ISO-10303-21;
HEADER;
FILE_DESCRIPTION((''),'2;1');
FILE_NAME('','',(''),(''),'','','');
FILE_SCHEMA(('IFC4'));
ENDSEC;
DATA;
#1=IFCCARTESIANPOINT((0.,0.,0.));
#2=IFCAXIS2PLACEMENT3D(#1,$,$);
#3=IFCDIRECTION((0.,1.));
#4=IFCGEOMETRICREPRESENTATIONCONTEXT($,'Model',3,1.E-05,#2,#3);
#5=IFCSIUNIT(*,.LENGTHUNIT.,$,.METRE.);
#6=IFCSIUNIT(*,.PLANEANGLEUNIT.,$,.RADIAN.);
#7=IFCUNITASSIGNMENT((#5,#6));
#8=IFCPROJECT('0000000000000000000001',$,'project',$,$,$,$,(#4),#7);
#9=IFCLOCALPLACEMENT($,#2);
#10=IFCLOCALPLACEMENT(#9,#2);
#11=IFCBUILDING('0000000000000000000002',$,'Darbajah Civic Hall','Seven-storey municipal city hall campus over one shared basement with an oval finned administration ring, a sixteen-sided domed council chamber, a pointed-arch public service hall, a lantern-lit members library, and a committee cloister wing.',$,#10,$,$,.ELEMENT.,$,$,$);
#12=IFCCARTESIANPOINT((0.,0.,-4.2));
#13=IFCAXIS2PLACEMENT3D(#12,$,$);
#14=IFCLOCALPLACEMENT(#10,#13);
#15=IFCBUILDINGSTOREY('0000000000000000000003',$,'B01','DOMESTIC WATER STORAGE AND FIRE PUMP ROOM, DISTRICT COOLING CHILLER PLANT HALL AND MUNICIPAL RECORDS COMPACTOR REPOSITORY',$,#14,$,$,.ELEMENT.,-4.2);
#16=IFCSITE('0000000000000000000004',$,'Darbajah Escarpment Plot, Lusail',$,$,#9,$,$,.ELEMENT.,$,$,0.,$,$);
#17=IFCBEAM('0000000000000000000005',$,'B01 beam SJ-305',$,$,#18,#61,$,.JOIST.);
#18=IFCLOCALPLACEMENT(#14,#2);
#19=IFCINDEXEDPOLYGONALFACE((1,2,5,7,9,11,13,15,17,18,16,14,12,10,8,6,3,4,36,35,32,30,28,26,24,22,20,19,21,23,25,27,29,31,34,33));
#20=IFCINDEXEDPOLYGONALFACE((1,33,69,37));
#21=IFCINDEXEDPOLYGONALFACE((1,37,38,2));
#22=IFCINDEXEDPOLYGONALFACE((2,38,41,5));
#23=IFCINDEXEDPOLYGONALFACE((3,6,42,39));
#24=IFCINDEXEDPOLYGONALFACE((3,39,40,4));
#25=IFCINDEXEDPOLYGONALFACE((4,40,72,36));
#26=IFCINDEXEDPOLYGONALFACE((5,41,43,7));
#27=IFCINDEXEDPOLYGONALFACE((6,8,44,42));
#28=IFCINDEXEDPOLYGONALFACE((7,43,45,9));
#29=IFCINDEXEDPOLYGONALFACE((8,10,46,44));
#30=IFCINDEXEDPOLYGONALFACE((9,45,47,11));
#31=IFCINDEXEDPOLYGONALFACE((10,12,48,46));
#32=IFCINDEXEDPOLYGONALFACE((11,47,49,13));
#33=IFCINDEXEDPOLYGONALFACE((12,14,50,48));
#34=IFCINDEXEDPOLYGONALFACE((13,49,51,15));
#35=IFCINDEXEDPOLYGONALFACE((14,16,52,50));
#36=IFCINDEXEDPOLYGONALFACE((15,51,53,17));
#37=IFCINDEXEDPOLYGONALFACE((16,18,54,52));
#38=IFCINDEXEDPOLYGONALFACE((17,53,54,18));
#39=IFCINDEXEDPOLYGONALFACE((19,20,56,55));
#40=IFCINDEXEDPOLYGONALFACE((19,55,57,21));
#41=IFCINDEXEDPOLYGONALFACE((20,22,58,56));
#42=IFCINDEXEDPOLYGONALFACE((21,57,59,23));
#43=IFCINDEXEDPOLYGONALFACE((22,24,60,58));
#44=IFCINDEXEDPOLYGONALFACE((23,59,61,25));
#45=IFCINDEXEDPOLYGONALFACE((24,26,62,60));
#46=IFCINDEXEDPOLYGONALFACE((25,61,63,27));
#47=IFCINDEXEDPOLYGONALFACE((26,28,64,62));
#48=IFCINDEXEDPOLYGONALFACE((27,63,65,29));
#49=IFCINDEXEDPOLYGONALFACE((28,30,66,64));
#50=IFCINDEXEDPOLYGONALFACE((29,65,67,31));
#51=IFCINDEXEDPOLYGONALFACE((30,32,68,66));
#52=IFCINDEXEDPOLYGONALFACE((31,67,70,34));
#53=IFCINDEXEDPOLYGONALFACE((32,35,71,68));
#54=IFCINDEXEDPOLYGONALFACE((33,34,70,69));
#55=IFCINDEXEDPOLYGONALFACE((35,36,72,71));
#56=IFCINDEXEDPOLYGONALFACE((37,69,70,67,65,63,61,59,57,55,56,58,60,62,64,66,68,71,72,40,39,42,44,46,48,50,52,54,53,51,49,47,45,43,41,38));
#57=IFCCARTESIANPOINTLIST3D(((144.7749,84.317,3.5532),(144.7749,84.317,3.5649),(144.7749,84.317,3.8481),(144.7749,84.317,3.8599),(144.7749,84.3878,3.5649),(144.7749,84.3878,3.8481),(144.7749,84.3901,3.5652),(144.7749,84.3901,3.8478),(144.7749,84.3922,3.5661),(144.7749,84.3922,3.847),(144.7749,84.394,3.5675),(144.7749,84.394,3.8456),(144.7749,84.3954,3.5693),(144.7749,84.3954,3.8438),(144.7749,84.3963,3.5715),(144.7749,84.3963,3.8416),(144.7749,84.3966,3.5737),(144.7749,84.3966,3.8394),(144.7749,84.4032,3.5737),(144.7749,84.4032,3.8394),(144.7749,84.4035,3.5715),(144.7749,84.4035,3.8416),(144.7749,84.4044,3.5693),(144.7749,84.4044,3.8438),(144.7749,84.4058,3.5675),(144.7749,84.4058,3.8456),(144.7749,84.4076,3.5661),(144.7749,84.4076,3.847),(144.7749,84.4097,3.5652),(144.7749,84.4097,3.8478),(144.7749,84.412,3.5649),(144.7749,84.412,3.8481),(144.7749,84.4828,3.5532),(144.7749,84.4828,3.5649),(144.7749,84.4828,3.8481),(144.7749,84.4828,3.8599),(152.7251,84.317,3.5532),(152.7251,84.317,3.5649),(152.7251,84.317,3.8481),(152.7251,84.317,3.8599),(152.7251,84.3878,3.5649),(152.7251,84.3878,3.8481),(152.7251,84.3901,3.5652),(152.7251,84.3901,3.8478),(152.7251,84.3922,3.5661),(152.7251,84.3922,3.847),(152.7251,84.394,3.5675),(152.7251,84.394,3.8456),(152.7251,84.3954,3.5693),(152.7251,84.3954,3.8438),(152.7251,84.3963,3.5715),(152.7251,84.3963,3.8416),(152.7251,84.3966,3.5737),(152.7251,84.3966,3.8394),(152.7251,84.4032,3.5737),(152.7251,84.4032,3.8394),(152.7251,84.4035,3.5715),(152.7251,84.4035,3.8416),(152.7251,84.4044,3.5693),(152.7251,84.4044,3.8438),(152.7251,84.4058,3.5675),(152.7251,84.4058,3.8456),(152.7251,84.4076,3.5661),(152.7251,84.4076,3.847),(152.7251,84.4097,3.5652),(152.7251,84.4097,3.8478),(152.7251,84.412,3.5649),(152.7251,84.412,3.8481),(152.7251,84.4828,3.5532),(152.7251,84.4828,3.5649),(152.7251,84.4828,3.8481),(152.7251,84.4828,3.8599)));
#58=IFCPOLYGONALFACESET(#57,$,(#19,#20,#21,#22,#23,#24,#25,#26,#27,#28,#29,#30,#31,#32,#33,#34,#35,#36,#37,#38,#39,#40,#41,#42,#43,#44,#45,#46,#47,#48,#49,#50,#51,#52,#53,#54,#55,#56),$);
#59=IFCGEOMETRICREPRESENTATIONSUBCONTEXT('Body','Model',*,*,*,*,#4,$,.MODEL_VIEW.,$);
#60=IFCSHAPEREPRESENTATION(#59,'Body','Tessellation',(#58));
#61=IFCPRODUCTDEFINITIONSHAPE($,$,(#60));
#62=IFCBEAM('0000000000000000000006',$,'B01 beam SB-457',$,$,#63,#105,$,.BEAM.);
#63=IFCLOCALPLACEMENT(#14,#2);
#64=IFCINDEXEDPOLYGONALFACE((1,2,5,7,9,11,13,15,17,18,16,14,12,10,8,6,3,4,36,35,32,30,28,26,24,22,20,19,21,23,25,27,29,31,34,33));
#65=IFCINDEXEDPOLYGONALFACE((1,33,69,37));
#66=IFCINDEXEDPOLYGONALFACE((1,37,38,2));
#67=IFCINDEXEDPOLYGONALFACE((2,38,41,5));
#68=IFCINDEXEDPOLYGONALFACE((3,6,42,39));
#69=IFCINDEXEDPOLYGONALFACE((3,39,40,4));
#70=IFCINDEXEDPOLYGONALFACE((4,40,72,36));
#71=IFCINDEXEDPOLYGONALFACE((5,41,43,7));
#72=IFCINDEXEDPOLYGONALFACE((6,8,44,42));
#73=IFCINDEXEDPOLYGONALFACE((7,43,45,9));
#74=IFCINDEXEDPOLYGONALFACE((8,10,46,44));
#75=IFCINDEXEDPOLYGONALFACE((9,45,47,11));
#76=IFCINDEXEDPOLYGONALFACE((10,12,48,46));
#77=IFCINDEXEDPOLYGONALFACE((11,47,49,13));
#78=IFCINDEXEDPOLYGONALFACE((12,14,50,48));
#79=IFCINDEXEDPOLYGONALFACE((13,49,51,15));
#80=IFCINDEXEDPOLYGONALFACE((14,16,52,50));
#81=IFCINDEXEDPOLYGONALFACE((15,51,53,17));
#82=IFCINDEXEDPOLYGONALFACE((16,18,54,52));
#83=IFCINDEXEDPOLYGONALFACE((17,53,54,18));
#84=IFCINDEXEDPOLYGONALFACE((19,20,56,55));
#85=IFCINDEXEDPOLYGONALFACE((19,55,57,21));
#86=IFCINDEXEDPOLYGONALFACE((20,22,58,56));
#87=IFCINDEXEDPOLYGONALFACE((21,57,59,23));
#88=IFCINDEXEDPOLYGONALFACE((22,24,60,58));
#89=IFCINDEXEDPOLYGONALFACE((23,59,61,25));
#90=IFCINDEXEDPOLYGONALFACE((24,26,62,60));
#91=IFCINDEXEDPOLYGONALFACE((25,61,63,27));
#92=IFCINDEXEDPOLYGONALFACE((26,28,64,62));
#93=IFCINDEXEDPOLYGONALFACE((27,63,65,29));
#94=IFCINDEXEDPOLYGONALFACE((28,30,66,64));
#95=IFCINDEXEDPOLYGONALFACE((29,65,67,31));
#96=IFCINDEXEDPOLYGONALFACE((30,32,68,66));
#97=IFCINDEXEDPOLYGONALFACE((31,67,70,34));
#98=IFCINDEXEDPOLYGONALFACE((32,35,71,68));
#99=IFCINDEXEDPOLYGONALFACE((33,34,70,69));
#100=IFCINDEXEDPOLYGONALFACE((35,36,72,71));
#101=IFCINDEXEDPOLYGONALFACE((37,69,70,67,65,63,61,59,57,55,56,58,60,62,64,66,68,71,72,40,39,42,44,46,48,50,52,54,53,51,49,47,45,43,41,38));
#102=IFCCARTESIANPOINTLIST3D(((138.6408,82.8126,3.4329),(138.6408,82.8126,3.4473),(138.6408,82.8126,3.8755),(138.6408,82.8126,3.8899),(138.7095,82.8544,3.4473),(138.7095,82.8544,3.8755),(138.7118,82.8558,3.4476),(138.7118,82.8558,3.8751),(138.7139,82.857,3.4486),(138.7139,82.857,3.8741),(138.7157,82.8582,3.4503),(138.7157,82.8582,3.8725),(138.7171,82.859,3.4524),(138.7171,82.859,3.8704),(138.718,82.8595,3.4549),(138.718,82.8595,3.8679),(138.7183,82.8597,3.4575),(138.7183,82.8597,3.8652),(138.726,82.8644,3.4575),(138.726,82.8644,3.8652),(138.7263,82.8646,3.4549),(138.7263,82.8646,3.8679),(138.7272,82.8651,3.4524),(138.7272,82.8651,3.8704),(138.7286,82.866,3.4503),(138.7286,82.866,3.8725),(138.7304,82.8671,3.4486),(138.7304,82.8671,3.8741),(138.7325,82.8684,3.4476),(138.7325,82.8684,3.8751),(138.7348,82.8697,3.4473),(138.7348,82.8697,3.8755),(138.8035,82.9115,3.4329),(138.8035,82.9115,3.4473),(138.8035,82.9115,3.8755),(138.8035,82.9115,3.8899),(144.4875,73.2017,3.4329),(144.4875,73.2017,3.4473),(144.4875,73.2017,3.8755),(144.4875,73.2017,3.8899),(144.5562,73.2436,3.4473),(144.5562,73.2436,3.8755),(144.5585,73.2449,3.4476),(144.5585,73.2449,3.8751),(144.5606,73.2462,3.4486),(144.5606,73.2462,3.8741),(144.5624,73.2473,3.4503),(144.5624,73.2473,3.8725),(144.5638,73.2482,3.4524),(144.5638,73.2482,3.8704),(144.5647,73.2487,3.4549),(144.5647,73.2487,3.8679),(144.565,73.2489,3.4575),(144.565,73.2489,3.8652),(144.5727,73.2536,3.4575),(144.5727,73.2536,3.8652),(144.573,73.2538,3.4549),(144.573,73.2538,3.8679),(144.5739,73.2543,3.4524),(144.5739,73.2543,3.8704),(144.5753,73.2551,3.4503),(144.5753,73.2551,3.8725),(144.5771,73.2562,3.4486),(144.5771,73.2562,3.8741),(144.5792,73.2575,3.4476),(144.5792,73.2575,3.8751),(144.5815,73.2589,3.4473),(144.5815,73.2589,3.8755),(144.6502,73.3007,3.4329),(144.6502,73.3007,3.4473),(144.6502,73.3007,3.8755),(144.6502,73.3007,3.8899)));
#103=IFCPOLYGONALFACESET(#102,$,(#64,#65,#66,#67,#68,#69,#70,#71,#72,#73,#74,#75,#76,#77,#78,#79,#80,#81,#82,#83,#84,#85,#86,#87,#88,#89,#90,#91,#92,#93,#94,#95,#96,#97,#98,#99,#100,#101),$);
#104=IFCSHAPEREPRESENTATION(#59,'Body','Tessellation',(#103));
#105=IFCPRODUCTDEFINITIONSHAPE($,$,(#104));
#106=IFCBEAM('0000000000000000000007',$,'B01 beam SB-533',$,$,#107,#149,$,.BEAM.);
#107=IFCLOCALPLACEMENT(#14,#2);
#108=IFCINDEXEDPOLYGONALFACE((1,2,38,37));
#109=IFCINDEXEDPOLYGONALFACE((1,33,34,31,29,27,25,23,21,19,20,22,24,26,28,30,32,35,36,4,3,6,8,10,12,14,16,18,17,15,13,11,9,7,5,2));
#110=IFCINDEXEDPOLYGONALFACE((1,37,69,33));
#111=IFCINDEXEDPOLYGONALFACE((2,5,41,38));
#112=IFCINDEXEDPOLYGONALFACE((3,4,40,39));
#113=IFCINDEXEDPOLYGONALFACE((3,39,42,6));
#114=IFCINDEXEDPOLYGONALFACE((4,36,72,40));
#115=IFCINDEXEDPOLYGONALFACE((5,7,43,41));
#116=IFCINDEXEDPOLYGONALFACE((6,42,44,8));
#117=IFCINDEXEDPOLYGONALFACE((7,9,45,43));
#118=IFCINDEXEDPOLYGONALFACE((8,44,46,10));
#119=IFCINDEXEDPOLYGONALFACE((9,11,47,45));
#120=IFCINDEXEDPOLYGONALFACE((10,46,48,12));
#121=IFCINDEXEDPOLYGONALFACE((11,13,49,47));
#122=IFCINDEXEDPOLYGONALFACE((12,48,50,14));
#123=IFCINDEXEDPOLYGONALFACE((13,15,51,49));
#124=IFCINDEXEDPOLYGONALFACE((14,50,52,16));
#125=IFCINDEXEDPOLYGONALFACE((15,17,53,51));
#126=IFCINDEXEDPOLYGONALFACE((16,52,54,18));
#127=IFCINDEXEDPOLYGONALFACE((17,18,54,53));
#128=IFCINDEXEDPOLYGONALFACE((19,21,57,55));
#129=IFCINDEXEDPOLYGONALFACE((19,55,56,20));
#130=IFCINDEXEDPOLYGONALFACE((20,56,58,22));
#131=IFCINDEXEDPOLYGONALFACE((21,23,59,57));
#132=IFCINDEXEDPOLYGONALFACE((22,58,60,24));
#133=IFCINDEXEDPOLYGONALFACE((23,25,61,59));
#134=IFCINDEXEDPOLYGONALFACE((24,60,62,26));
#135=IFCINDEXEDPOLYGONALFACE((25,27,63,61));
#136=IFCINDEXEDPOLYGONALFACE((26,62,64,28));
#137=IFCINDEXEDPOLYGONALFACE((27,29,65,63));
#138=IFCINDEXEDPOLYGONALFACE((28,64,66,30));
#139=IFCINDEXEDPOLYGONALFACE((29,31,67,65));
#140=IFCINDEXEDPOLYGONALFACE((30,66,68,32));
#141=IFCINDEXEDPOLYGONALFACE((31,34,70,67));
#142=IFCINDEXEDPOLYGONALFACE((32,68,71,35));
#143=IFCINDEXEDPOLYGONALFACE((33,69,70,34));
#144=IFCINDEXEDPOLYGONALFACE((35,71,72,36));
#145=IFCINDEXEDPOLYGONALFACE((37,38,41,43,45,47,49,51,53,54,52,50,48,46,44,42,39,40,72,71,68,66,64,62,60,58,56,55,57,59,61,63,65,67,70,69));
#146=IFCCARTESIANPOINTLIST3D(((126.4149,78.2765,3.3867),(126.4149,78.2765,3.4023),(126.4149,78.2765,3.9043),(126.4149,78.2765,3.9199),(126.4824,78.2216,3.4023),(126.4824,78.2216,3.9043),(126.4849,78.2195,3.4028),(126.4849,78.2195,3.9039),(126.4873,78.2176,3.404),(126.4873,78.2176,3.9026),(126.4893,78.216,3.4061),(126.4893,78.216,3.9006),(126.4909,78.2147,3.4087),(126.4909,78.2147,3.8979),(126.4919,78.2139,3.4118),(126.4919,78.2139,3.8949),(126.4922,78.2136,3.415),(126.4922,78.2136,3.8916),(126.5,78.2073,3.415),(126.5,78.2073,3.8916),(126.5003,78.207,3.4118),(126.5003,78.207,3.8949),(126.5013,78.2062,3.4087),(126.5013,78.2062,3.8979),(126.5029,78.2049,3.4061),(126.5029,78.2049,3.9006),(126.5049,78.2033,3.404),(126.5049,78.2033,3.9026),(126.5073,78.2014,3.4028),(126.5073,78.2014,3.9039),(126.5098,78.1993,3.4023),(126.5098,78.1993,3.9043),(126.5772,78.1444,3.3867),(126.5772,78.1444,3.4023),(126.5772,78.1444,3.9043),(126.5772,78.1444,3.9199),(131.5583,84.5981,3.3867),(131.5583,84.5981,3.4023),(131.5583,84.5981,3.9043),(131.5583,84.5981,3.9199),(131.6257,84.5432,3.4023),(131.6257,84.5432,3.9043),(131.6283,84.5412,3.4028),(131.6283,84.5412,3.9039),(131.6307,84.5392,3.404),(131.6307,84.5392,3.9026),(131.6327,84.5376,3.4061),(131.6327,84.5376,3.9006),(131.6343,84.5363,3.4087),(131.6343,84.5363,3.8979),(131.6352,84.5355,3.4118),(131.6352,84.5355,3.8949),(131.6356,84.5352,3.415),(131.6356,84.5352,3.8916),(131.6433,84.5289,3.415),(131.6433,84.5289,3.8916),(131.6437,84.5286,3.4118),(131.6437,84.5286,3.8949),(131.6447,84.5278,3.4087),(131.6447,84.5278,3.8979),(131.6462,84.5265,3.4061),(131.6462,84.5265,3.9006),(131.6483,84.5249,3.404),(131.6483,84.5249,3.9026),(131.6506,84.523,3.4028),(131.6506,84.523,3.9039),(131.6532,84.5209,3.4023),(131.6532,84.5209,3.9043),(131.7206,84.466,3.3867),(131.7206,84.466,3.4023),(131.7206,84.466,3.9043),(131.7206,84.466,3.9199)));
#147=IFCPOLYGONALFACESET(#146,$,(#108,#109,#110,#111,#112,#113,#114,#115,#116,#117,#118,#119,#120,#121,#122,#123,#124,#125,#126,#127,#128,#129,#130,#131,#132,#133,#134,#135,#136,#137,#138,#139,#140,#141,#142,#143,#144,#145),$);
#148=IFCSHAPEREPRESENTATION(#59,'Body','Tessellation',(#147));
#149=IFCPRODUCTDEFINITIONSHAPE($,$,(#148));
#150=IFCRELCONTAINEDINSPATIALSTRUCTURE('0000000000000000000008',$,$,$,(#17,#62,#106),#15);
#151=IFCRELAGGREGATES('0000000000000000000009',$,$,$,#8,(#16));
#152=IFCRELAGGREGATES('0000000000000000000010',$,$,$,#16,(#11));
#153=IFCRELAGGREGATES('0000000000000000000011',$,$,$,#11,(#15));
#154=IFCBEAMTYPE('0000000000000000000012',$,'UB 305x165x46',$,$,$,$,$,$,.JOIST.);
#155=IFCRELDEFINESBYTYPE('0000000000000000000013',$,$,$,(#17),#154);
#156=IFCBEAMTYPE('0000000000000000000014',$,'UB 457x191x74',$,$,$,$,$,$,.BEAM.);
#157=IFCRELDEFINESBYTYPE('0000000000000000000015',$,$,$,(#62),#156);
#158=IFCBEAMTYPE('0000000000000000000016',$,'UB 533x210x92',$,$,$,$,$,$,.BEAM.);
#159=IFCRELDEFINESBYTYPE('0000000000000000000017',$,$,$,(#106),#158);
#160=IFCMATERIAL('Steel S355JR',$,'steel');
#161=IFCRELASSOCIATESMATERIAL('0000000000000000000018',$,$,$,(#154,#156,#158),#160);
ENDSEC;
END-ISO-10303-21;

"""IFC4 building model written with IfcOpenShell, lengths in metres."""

from ifc_helpers import new_model, si_unit, direction, frame, origin, origin_2d, place, context, subcontext, project, spatial, i_section, extrude, material, material_profile, profile_set, type_object, element, save


model = new_model("IFC4")

# Units and contexts
model_context = context("Model", 3, precision=1e-05, world=origin(), true_north=direction((0.0, 1.0)))
body_context = subcontext(model_context, "Body", "Model", "MODEL_VIEW")
ifc_project = project(units=[si_unit("LENGTHUNIT", "METRE"), si_unit("PLANEANGLEUNIT", "RADIAN")], contexts=[model_context])

# Site, building, storey
site_placement = place(None, origin())
site = spatial("IfcSite", under=ifc_project, at=site_placement, Name="Darbajah Escarpment Plot, Lusail", CompositionType="ELEMENT", RefElevation=0.0)
building_placement = place(site_placement, origin())
building = spatial("IfcBuilding", under=site, at=building_placement, Name="Darbajah Civic Hall", Description="Seven-storey municipal city hall campus over one shared basement with an oval finned administration ring, a sixteen-sided domed council chamber, a pointed-arch public service hall, a lantern-lit members library, and a committee cloister wing.", CompositionType="ELEMENT")
storey_placement = place(building_placement, frame((0.0, 0.0, -4.2)))
storey = spatial("IfcBuildingStorey", under=building, at=storey_placement, Name="B01", Description="DOMESTIC WATER STORAGE AND FIRE PUMP ROOM, DISTRICT COOLING CHILLER PLANT HALL AND MUNICIPAL RECORDS COMPACTOR REPOSITORY", CompositionType="ELEMENT", Elevation=-4.2)

# Beams
ifc_material_1 = material(Name="Steel S355JR", Category="steel")
ifc_material_profile_1 = material_profile(ifc_material_1, i_section(OverallWidth=0.1658, OverallDepth=0.3066, WebThickness=0.0066, FlangeThickness=0.0117, FilletRadius=0.0088, at=origin_2d()), Name="UB 305x165x46")
ifc_profile_set_1 = profile_set([ifc_material_profile_1], Name="Steel S355JR")
beam_type_1 = type_object("IfcBeamType", Name="UB 305x165x46", PredefinedType="JOIST", material=ifc_profile_set_1)
for number, where, z_axis, x_axis, name in (
    (1, (144.7749, 84.3999, 3.7065), (1.0, 0.0, 0.0), (0.0, 1.0, 0.0), "B01 beam SJ-305"),
):
    element("IfcBeam", number, at=place(storey_placement, frame(where, z_axis=z_axis, x_axis=x_axis)), inside=storey, type_object=beam_type_1, Name=name, PredefinedType="JOIST", context=body_context, shape_type="SweptSolid", body=[
        extrude(i_section(OverallWidth=0.1658, OverallDepth=0.3066, WebThickness=0.0066, FlangeThickness=0.0117, FilletRadius=0.0088, at=origin_2d()), origin(), (0.0, 0.0, 1.0), 7.9502),
    ])
ifc_material_profile_2 = material_profile(ifc_material_1, i_section(OverallWidth=0.1904, OverallDepth=0.457, WebThickness=0.009, FlangeThickness=0.0144, FilletRadius=0.0103, at=origin_2d()), Name="UB 457x191x74")
ifc_profile_set_2 = profile_set([ifc_material_profile_2], Name="Steel S355JR")
beam_type_2 = type_object("IfcBeamType", Name="UB 457x191x74", PredefinedType="BEAM", material=ifc_profile_set_2)
beam_1_placement = place(storey_placement, frame((138.7222, 82.8621, 3.6614), z_axis=(0.519727, -0.854333, 0.0), x_axis=(0.854333, 0.519727, 0.0)))
element("IfcBeam", 2, at=beam_1_placement, inside=storey, type_object=beam_type_2, Name="B01 beam SB-457", PredefinedType="BEAM", context=body_context, shape_type="SweptSolid", body=[
    extrude(i_section(OverallWidth=0.1904, OverallDepth=0.457, WebThickness=0.009, FlangeThickness=0.0144, FilletRadius=0.0103, at=origin_2d()), origin(), (0.0, 0.0, 1.0), 11.2495),
])
ifc_material_profile_3 = material_profile(ifc_material_1, i_section(OverallWidth=0.2092, OverallDepth=0.5332, WebThickness=0.01, FlangeThickness=0.0156, FilletRadius=0.0127, at=origin_2d()), Name="UB 533x210x92")
ifc_profile_set_3 = profile_set([ifc_material_profile_3], Name="Steel S355JR")
beam_type_3 = type_object("IfcBeamType", Name="UB 533x210x92", PredefinedType="BEAM", material=ifc_profile_set_3)
beam_2_placement = place(storey_placement, frame((126.4961, 78.2104, 3.6533), z_axis=(0.631115, 0.77569, 0.0), x_axis=(-0.77569, 0.631115, 0.0)))
element("IfcBeam", 3, at=beam_2_placement, inside=storey, type_object=beam_type_3, Name="B01 beam SB-533", PredefinedType="BEAM", context=body_context, shape_type="SweptSolid", body=[
    extrude(i_section(OverallWidth=0.2092, OverallDepth=0.5332, WebThickness=0.01, FlangeThickness=0.0156, FilletRadius=0.0127, at=origin_2d()), origin(), (0.0, 0.0, 1.0), 8.1497),
])

save(model, "model.ifc")
